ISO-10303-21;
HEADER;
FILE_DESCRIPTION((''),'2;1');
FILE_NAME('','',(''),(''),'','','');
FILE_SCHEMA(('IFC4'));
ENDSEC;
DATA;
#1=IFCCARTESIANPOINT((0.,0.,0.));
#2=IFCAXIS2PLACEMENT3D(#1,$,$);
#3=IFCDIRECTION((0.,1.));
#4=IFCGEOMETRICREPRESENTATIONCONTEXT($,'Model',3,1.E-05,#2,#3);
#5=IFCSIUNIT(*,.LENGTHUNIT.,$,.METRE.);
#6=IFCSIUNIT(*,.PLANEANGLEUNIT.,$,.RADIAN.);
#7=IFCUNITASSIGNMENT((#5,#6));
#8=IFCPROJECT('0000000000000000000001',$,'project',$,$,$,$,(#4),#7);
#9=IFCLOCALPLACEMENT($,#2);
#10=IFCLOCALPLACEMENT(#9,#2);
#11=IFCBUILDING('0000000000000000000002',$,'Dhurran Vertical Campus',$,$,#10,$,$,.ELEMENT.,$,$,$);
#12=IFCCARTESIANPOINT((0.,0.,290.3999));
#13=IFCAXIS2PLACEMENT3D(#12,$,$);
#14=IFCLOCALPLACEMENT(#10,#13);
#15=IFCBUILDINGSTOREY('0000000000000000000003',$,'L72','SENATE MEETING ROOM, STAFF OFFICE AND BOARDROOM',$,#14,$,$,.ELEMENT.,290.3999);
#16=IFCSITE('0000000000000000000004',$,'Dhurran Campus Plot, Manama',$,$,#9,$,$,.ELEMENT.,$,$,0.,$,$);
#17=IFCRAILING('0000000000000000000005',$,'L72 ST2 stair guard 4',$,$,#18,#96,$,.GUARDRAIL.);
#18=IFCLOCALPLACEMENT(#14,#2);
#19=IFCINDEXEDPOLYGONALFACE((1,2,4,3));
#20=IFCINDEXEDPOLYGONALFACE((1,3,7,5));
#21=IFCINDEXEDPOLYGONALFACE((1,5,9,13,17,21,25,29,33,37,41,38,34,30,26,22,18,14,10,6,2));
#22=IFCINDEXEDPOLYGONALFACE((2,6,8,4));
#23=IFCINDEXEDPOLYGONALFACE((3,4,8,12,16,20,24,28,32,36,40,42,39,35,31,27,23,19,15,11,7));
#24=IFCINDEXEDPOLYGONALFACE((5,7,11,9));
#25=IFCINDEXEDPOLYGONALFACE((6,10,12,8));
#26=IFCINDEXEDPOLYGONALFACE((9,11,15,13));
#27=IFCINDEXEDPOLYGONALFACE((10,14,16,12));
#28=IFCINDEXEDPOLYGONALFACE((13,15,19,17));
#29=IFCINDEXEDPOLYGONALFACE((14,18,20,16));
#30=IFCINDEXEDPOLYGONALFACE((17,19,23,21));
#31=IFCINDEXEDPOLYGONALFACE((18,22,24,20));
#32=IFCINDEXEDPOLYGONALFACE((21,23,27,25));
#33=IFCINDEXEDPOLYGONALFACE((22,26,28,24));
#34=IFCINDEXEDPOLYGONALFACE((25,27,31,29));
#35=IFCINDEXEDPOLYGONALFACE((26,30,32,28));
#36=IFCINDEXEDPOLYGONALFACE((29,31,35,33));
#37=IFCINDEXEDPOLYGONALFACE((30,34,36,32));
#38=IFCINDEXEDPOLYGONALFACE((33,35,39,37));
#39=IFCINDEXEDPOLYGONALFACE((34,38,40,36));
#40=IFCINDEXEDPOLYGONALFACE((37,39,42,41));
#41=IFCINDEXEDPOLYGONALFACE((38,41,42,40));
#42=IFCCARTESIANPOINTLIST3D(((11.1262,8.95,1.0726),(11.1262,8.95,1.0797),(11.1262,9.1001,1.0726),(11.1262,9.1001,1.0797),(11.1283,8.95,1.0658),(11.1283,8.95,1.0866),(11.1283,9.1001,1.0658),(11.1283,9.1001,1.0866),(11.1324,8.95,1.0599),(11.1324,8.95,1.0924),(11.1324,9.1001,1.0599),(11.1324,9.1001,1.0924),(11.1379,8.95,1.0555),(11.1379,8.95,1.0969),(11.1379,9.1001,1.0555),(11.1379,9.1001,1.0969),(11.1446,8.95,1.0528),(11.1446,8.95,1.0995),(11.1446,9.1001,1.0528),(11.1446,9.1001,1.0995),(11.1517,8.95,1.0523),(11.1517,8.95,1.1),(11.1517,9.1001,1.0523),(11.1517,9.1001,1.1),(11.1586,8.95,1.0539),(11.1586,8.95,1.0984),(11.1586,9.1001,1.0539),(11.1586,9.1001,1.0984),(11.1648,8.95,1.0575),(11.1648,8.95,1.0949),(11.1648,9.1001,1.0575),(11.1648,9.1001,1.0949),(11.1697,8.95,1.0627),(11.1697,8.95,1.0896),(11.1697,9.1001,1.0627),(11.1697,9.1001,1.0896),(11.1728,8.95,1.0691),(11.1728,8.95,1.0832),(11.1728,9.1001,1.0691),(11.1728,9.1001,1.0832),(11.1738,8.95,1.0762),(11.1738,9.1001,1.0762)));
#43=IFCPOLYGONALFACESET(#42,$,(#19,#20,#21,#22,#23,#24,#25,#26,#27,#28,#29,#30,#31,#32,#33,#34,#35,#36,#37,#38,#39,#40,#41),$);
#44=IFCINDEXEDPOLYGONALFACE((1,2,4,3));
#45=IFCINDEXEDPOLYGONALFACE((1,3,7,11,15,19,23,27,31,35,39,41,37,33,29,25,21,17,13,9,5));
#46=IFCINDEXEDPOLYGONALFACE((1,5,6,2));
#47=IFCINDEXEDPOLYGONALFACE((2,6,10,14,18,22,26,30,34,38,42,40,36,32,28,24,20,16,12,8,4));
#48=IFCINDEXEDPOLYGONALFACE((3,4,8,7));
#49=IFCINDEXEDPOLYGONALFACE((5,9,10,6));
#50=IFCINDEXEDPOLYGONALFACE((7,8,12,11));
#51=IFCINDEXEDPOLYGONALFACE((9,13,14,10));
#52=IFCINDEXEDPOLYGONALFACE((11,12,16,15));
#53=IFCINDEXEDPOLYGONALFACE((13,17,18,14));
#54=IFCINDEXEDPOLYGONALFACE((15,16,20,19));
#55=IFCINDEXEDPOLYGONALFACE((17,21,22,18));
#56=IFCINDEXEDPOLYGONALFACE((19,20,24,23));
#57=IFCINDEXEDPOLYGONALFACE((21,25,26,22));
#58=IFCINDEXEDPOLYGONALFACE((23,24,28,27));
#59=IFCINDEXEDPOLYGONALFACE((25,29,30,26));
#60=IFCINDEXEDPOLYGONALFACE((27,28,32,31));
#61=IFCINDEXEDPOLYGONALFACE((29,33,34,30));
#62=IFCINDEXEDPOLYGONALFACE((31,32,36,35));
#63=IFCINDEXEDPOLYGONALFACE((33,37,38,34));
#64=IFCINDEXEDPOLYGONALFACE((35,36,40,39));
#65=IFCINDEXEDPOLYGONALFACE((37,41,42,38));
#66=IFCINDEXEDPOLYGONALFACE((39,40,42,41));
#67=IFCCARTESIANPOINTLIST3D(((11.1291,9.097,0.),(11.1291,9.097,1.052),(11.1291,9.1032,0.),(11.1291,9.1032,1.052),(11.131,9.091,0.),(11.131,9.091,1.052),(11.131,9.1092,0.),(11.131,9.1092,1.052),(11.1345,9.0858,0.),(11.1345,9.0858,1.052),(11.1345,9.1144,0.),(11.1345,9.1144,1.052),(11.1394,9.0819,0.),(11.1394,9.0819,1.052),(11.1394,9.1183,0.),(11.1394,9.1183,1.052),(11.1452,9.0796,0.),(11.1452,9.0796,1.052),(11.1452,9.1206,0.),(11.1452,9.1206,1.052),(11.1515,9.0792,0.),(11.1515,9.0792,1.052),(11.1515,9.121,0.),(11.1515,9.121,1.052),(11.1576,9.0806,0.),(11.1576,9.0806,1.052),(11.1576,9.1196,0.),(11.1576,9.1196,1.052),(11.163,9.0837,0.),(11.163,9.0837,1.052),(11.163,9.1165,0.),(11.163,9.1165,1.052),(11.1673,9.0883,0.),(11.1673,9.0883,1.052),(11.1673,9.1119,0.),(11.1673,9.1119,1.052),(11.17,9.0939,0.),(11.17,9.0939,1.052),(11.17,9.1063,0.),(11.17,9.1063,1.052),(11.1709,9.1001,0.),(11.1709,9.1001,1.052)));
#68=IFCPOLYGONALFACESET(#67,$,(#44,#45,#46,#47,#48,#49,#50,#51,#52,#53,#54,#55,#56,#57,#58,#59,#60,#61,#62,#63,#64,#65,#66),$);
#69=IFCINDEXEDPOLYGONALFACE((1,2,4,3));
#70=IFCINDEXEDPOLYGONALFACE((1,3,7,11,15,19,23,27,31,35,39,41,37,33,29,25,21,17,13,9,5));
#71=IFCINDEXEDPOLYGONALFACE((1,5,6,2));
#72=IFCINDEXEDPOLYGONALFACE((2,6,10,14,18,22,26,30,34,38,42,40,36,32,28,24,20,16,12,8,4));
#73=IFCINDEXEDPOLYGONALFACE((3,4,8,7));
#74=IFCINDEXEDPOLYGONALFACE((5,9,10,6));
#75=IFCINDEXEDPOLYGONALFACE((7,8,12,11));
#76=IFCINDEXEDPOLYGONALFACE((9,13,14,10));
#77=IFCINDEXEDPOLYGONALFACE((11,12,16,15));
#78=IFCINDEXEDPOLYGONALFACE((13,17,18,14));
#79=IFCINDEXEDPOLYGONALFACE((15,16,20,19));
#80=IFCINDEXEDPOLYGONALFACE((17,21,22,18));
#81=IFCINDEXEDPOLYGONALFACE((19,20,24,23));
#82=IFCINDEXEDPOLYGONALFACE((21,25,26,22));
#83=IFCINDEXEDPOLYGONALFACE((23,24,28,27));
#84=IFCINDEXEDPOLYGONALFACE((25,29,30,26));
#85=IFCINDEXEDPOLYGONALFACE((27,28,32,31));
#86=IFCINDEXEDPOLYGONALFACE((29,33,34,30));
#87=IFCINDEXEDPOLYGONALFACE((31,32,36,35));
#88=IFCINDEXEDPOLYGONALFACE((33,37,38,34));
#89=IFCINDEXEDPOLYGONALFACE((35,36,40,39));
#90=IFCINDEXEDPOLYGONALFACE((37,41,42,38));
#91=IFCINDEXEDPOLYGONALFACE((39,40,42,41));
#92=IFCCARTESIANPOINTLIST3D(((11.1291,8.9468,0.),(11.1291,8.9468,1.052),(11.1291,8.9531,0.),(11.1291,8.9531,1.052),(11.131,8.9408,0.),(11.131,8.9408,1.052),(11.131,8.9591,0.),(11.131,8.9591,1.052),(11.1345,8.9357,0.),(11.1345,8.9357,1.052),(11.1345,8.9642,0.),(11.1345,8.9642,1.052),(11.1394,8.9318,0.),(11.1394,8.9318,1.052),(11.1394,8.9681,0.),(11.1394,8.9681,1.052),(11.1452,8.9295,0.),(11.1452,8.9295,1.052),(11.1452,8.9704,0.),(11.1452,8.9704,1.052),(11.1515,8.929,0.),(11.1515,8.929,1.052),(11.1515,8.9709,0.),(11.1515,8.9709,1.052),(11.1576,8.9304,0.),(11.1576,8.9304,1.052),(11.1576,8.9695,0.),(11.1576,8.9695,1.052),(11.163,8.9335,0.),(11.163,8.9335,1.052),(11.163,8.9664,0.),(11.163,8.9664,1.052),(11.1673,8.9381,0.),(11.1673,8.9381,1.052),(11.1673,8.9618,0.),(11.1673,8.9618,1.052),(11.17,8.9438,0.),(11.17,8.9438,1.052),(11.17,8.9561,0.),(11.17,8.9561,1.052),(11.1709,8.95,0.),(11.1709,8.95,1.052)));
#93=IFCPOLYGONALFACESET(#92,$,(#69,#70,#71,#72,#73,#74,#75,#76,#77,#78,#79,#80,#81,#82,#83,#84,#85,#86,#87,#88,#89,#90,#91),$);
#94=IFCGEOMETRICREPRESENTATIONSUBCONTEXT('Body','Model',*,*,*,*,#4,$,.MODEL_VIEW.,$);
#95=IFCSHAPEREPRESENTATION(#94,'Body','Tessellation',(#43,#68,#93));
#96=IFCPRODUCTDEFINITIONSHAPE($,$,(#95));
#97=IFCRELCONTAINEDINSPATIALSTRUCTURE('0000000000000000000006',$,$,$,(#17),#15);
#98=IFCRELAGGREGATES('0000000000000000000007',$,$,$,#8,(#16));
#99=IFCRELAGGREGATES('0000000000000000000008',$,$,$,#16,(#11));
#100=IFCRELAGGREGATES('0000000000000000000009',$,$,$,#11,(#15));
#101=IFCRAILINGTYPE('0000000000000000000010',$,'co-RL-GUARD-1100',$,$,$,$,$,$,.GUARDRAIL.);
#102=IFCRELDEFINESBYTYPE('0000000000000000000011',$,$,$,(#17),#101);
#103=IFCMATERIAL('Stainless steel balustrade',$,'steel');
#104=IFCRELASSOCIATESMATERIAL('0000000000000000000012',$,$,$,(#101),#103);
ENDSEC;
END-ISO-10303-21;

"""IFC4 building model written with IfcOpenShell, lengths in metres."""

from ifc_helpers import new_model, si_unit, direction, frame, origin, origin_2d, place, context, subcontext, project, spatial, circle, extrude, material, type_object, element, save


model = new_model("IFC4")

# Units and contexts
model_context = context("Model", 3, precision=1e-05, world=origin(), true_north=direction((0.0, 1.0)))
body_context = subcontext(model_context, "Body", "Model", "MODEL_VIEW")
ifc_project = project(units=[si_unit("LENGTHUNIT", "METRE"), si_unit("PLANEANGLEUNIT", "RADIAN")], contexts=[model_context])

# Site, building, storey
site_placement = place(None, origin())
site = spatial("IfcSite", under=ifc_project, at=site_placement, Name="Dhurran Campus Plot, Manama", CompositionType="ELEMENT", RefElevation=0.0)
building_placement = place(site_placement, origin())
building = spatial("IfcBuilding", under=site, at=building_placement, Name="Dhurran Vertical Campus", CompositionType="ELEMENT")
storey_placement = place(building_placement, frame((0.0, 0.0, 290.3999)))
storey = spatial("IfcBuildingStorey", under=building, at=storey_placement, Name="L72", Description="SENATE MEETING ROOM, STAFF OFFICE AND BOARDROOM", CompositionType="ELEMENT", Elevation=290.3999)

# Railing
ifc_material_1 = material(Name="Stainless steel balustrade", Category="steel")
railing_type_1 = type_object("IfcRailingType", Name="co-RL-GUARD-1100", PredefinedType="GUARDRAIL", material=ifc_material_1)
railing_1_placement = place(storey_placement, frame((11.1499, 9.1001, 0.0)))
element("IfcRailing", 1, at=railing_1_placement, inside=storey, type_object=railing_type_1, Name="L72 ST2 stair guard 4", PredefinedType="GUARDRAIL", context=body_context, shape_type="SweptSolid", body=[
    extrude(circle(Radius=0.0239, at=origin_2d()), frame((0.0, 0.0, 1.0762), z_axis=(0.0, -1.0, 0.0), x_axis=(1.0, 0.0, 0.0)), (0.0, 0.0, 1.0), 0.1501),
    extrude(circle(Radius=0.021, at=origin_2d()), origin(), (0.0, 0.0, 1.0), 1.052),
    extrude(circle(Radius=0.021, at=origin_2d()), frame((0.0, -0.1501, 0.0)), (0.0, 0.0, 1.0), 1.052),
])

save(model, "model.ifc")
